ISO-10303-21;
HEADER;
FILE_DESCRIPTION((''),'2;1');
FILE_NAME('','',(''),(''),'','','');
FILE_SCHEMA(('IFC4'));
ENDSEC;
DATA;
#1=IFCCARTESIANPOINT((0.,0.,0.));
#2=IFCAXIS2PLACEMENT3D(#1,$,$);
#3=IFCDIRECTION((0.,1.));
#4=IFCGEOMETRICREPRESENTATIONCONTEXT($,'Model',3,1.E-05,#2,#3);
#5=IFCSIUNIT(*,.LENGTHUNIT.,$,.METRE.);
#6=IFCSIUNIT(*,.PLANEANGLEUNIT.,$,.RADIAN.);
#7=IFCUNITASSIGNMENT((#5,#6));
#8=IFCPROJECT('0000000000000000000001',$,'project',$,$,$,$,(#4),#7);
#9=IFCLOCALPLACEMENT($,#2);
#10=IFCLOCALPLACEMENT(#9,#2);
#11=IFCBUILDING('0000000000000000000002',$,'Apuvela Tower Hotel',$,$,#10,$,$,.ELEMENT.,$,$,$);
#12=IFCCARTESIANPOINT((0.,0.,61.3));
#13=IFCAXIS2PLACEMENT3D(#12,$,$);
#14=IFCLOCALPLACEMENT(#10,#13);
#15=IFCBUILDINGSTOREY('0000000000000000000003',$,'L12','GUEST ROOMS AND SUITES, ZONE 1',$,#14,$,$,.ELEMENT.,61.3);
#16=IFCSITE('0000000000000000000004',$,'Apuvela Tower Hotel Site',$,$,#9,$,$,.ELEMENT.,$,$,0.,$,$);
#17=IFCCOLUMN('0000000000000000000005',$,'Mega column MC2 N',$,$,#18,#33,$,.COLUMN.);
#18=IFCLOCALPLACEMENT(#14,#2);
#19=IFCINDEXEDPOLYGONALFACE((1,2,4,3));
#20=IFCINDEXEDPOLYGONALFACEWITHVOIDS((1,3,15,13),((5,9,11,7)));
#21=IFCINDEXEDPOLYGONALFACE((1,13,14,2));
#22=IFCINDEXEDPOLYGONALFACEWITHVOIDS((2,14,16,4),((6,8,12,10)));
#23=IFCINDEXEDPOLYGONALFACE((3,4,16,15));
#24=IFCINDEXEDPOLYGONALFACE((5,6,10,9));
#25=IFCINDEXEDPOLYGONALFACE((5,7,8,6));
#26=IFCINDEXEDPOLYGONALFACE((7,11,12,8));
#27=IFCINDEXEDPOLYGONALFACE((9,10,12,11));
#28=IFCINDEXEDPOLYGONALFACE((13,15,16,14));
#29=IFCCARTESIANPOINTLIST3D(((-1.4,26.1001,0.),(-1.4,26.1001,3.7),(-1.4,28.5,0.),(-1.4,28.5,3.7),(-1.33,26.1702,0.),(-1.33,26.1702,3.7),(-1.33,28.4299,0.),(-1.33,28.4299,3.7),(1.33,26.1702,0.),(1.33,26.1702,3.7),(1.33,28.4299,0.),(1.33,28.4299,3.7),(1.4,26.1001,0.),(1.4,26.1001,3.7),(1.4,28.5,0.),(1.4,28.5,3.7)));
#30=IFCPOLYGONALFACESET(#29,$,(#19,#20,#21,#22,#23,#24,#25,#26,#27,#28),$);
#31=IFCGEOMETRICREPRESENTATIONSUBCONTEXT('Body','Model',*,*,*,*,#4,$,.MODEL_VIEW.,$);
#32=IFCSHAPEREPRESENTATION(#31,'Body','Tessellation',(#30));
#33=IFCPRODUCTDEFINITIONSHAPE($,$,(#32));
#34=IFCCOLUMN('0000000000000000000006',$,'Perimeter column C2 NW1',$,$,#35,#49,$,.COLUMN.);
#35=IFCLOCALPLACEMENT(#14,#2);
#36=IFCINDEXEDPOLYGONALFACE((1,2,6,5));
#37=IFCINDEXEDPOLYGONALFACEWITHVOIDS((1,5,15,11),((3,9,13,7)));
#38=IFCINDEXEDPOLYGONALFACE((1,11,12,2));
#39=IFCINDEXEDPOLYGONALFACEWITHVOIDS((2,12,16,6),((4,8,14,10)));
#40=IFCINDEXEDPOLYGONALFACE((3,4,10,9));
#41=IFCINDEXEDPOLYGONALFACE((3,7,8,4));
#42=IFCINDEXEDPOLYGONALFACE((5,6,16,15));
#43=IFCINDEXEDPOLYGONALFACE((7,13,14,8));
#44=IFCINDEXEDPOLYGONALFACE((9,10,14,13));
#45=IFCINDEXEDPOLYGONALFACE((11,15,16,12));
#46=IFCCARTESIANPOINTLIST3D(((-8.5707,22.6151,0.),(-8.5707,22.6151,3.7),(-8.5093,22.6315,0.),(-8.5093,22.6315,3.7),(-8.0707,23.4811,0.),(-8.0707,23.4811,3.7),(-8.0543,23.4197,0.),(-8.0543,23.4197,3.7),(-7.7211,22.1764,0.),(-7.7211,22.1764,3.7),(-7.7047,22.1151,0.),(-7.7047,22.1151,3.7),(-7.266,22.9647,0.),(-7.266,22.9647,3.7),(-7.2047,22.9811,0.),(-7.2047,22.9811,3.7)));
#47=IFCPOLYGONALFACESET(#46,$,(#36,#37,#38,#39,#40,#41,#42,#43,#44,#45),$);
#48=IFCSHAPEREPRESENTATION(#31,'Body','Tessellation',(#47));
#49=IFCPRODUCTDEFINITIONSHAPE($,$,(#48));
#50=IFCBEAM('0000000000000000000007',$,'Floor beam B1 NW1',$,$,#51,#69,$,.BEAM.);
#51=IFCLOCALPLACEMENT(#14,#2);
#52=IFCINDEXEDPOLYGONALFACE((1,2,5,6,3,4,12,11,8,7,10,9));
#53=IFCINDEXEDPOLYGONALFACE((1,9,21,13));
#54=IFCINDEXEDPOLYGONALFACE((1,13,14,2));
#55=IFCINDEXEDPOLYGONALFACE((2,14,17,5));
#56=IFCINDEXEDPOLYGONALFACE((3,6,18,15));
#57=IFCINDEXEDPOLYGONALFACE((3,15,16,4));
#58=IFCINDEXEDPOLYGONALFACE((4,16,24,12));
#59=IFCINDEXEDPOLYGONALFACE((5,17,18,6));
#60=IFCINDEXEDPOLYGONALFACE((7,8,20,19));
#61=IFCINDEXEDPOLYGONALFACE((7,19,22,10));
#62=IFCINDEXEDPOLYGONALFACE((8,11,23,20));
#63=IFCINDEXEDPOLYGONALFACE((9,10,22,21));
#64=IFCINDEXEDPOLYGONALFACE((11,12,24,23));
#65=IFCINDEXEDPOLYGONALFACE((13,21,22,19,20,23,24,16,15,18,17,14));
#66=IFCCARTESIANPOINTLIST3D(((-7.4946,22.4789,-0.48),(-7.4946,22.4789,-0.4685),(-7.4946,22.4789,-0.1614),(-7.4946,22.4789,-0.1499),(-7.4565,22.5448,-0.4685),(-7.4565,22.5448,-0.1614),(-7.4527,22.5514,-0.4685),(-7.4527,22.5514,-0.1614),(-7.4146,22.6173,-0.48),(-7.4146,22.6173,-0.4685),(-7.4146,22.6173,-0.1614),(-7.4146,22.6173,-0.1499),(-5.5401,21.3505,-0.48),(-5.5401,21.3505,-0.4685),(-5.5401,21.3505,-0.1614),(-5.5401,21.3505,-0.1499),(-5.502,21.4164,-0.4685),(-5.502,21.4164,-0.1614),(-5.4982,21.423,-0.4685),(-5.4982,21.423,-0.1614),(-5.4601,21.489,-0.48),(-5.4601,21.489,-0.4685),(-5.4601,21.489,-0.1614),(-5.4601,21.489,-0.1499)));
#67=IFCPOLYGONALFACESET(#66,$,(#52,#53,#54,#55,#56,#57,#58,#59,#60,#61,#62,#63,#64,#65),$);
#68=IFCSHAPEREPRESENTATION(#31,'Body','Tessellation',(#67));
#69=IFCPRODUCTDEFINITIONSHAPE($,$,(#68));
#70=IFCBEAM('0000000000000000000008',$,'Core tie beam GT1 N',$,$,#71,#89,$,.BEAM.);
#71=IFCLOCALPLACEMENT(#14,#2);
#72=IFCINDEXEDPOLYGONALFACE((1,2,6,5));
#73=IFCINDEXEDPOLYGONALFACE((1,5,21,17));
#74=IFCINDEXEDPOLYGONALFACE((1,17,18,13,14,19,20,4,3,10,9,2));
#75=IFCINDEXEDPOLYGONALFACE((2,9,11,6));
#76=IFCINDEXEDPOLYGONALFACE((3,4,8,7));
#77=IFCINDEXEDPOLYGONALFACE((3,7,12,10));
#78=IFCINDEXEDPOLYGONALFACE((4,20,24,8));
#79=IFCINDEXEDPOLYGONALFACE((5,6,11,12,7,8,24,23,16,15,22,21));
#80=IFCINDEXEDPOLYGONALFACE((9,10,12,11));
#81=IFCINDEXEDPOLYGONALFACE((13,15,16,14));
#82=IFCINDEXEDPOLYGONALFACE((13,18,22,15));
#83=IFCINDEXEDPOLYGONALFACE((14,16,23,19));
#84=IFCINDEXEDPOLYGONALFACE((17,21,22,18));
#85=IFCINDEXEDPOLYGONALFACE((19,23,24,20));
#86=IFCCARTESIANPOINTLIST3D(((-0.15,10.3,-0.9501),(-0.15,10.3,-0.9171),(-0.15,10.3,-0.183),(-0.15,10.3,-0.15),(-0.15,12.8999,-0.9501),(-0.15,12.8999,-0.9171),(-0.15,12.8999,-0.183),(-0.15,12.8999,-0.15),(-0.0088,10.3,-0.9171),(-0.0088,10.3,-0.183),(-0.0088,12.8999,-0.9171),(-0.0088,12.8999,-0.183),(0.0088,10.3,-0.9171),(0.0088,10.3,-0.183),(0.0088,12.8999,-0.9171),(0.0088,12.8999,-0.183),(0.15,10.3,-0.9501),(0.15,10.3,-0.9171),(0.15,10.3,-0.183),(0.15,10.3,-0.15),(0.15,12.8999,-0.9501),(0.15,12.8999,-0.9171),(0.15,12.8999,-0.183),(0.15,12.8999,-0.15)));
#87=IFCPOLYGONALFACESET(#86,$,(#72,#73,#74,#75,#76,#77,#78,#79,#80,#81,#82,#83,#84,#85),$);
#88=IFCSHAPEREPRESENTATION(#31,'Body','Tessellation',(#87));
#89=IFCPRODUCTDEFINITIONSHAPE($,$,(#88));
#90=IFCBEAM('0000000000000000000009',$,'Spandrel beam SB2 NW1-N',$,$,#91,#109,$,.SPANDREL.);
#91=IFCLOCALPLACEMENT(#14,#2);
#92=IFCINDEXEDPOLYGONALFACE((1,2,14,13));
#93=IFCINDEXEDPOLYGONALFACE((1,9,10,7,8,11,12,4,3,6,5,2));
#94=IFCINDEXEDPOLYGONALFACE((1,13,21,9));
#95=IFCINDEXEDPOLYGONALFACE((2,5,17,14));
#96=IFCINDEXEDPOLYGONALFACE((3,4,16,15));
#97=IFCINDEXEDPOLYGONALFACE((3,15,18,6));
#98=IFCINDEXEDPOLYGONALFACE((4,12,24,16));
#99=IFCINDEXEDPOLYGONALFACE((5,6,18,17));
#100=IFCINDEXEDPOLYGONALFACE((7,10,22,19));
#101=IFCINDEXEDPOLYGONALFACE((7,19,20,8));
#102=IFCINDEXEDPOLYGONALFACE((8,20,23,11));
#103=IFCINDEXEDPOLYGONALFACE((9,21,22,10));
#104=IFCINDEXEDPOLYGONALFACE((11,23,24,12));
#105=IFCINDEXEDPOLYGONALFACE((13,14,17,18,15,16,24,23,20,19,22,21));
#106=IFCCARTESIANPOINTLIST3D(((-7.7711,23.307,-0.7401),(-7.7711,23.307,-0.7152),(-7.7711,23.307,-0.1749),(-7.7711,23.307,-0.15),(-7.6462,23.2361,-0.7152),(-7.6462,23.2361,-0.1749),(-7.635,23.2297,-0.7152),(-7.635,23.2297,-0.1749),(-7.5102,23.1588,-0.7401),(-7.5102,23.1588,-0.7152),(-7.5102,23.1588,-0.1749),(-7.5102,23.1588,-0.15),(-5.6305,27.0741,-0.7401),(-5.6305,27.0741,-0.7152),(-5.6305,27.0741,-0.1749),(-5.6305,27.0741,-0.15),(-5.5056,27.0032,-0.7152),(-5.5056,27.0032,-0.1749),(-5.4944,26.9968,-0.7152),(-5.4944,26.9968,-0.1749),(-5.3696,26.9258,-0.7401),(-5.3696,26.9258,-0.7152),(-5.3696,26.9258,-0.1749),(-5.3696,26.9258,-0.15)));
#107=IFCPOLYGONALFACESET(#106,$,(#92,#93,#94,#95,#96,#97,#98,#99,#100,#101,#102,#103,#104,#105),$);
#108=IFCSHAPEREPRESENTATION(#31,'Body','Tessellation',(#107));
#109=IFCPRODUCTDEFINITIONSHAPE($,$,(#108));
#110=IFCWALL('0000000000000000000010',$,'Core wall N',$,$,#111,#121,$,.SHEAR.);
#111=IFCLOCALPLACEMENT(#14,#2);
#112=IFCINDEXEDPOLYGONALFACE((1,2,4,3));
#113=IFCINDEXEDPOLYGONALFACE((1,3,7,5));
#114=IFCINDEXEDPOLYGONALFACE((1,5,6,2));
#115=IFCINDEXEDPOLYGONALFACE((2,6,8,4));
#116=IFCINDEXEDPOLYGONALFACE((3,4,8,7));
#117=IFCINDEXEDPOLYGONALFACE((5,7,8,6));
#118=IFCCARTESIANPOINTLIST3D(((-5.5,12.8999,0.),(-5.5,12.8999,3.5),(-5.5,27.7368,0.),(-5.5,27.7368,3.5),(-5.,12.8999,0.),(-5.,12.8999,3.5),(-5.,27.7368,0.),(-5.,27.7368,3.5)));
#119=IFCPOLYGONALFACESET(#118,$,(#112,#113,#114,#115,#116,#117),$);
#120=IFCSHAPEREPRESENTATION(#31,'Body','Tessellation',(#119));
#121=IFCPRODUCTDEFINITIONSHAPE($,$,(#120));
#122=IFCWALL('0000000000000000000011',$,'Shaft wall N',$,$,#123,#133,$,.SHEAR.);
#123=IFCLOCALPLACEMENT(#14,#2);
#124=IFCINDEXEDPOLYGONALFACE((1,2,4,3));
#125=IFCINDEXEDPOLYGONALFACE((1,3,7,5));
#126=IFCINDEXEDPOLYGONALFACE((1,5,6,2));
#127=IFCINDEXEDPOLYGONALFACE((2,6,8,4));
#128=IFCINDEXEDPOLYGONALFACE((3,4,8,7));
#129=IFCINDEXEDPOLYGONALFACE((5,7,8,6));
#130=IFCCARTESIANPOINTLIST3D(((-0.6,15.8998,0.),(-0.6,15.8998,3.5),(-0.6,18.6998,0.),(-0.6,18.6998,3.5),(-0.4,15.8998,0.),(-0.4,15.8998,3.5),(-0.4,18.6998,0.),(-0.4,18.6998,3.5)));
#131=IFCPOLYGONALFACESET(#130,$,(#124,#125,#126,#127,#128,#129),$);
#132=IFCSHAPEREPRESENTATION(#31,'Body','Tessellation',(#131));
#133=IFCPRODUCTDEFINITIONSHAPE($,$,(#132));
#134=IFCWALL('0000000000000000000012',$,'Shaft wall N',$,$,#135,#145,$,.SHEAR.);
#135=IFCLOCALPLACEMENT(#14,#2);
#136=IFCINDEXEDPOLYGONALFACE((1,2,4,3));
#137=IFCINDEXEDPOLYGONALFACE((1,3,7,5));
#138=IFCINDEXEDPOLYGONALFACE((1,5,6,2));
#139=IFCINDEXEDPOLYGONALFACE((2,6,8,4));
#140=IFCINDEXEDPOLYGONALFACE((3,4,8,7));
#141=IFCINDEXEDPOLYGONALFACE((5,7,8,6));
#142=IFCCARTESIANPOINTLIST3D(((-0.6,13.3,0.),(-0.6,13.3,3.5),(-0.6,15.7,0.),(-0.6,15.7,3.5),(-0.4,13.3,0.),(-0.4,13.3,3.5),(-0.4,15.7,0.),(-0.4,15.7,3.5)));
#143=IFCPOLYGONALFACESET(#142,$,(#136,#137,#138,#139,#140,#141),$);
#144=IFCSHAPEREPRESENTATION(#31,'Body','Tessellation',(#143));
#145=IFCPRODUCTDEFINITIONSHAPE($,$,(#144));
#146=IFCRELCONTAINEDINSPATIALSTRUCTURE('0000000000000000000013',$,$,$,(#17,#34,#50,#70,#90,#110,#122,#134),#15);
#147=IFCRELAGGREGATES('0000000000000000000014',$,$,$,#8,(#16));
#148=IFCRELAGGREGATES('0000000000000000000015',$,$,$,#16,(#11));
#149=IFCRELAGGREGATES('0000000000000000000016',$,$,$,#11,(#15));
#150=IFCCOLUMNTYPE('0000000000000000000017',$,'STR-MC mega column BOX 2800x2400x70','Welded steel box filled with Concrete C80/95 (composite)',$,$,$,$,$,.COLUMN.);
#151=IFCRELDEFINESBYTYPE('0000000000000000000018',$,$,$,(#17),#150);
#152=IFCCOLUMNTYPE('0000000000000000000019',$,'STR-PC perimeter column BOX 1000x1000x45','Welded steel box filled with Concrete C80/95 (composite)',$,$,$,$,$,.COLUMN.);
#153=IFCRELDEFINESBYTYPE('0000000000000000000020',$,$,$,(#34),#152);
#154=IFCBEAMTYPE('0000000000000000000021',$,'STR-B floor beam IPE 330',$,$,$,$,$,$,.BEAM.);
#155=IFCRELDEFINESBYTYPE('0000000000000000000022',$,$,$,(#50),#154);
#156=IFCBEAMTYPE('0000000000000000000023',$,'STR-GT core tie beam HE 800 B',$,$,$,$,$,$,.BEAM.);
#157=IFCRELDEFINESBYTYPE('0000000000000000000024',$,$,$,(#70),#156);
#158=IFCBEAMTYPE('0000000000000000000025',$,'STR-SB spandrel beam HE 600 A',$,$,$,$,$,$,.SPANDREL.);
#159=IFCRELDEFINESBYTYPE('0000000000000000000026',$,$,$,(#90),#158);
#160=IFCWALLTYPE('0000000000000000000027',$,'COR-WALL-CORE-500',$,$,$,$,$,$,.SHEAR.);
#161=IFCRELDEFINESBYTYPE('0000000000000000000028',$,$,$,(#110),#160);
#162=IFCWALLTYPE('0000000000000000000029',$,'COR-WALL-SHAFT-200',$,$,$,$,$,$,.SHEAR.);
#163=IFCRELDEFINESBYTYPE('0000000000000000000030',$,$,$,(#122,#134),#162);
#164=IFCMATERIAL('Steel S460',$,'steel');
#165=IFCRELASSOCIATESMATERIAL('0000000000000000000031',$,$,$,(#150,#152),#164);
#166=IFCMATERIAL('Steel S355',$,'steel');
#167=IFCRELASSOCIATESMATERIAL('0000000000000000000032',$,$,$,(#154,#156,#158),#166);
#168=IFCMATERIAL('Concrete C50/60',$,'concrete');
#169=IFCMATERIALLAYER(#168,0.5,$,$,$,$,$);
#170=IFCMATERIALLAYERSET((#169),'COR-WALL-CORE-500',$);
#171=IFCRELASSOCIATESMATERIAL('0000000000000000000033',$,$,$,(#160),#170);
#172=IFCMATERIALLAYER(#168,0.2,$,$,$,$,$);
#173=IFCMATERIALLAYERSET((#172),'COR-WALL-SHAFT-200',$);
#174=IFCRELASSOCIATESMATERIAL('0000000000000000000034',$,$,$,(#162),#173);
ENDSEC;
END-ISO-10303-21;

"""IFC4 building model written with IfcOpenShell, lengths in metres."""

from ifc_helpers import new_model, si_unit, direction, frame, frame_2d, origin, origin_2d, place, context, subcontext, project, spatial, rectangle, hollow_rectangle, i_section, extrude, material, layer, layer_set, material_profile, profile_set, type_object, element, save


model = new_model("IFC4")

# Units and contexts
model_context = context("Model", 3, precision=1e-05, world=origin(), true_north=direction((0.0, 1.0)))
body_context = subcontext(model_context, "Body", "Model", "MODEL_VIEW")
ifc_project = project(units=[si_unit("LENGTHUNIT", "METRE"), si_unit("PLANEANGLEUNIT", "RADIAN")], contexts=[model_context])

# Site, building, storey
site_placement = place(None, origin())
site = spatial("IfcSite", under=ifc_project, at=site_placement, Name="Apuvela Tower Hotel Site", CompositionType="ELEMENT", RefElevation=0.0)
building_placement = place(site_placement, origin())
building = spatial("IfcBuilding", under=site, at=building_placement, Name="Apuvela Tower Hotel", CompositionType="ELEMENT")
storey_placement = place(building_placement, frame((0.0, 0.0, 61.3)))
storey = spatial("IfcBuildingStorey", under=building, at=storey_placement, Name="L12", Description="GUEST ROOMS AND SUITES, ZONE 1", CompositionType="ELEMENT", Elevation=61.3)

# Columns
ifc_material_1 = material(Name="Steel S460", Category="steel")
ifc_material_profile_1 = material_profile(ifc_material_1, hollow_rectangle(XDim=2.8, YDim=2.3999, WallThickness=0.0701, at=origin_2d()), Name="BOX 2800x2400x70")
ifc_material_2 = material(Name="Concrete C80/95", Category="concrete")
ifc_material_profile_2 = material_profile(ifc_material_2, rectangle(XDim=2.6599, YDim=2.26, at=origin_2d()), Name="Concrete C80/95 infill")
ifc_profile_set_1 = profile_set([ifc_material_profile_1, ifc_material_profile_2], Name="Steel S460")
column_type_1 = type_object("IfcColumnType", Name="STR-MC mega column BOX 2800x2400x70", Description="Welded steel box filled with Concrete C80/95 (composite)", PredefinedType="COLUMN", material=ifc_profile_set_1)
column_1_placement = place(storey_placement, frame((0.0, 27.3, 0.0), z_axis=(0.0, 0.0, 1.0), x_axis=(1.0, 0.0, 0.0)))
element("IfcColumn", 1, at=column_1_placement, inside=storey, type_object=column_type_1, Name="Mega column MC2 N", PredefinedType="COLUMN", context=body_context, shape_type="SweptSolid", body=[
    extrude(hollow_rectangle(XDim=2.8, YDim=2.3999, WallThickness=0.0701, at=origin_2d()), origin(), (0.0, 0.0, 1.0), 3.7),
])
ifc_material_profile_3 = material_profile(ifc_material_1, hollow_rectangle(XDim=1.0, YDim=1.0, WallThickness=0.0449, at=origin_2d()), Name="BOX 1000x1000x45")
ifc_material_profile_4 = material_profile(ifc_material_2, rectangle(XDim=0.9099, YDim=0.9099, at=origin_2d()), Name="Concrete C80/95 infill")
ifc_profile_set_2 = profile_set([ifc_material_profile_3, ifc_material_profile_4], Name="Steel S460")
column_type_2 = type_object("IfcColumnType", Name="STR-PC perimeter column BOX 1000x1000x45", Description="Welded steel box filled with Concrete C80/95 (composite)", PredefinedType="COLUMN", material=ifc_profile_set_2)
column_2_placement = place(storey_placement, frame((-7.8877, 22.7981, 0.0), z_axis=(0.0, 0.0, 1.0), x_axis=(0.5, 0.866025, 0.0)))
element("IfcColumn", 2, at=column_2_placement, inside=storey, type_object=column_type_2, Name="Perimeter column C2 NW1", PredefinedType="COLUMN", context=body_context, shape_type="SweptSolid", body=[
    extrude(hollow_rectangle(XDim=1.0, YDim=1.0, WallThickness=0.0449, at=origin_2d()), origin(), (0.0, 0.0, 1.0), 3.7),
])

# Beams
ifc_material_3 = material(Name="Steel S355", Category="steel")
ifc_material_profile_5 = material_profile(ifc_material_3, i_section(OverallWidth=0.1599, OverallDepth=0.3301, WebThickness=0.0076, FlangeThickness=0.0115, at=origin_2d()), Name="IPE 330")
ifc_profile_set_3 = profile_set([ifc_material_profile_5], Name="Steel S355")
beam_type_1 = type_object("IfcBeamType", Name="STR-B floor beam IPE 330", PredefinedType="BEAM", material=ifc_profile_set_3)
beam_1_placement = place(storey_placement, frame((-7.4546, 22.5481, -0.3149), z_axis=(0.866038, -0.499978, 0.0), x_axis=(0.499978, 0.866038, 0.0)))
element("IfcBeam", 3, at=beam_1_placement, inside=storey, type_object=beam_type_1, Name="Floor beam B1 NW1", PredefinedType="BEAM", context=body_context, shape_type="SweptSolid", body=[
    extrude(i_section(OverallWidth=0.1599, OverallDepth=0.3301, WebThickness=0.0076, FlangeThickness=0.0115, at=origin_2d()), origin(), (0.0, 0.0, 1.0), 2.2568),
])
ifc_material_profile_6 = material_profile(ifc_material_3, i_section(OverallWidth=0.3, OverallDepth=0.8, WebThickness=0.0176, FlangeThickness=0.033, at=origin_2d()), Name="HE 800 B")
ifc_profile_set_4 = profile_set([ifc_material_profile_6], Name="Steel S355")
beam_type_2 = type_object("IfcBeamType", Name="STR-GT core tie beam HE 800 B", PredefinedType="BEAM", material=ifc_profile_set_4)
beam_2_placement = place(storey_placement, frame((0.0, 12.8999, -0.55), z_axis=(0.0, -1.0, 0.0), x_axis=(1.0, 0.0, 0.0)))
element("IfcBeam", 4, at=beam_2_placement, inside=storey, type_object=beam_type_2, Name="Core tie beam GT1 N", PredefinedType="BEAM", context=body_context, shape_type="SweptSolid", body=[
    extrude(i_section(OverallWidth=0.3, OverallDepth=0.8, WebThickness=0.0176, FlangeThickness=0.033, at=origin_2d()), origin(), (0.0, 0.0, 1.0), 2.5999),
])
ifc_material_profile_7 = material_profile(ifc_material_3, i_section(OverallWidth=0.3, OverallDepth=0.5901, WebThickness=0.0129, FlangeThickness=0.0249, at=origin_2d()), Name="HE 600 A")
ifc_profile_set_5 = profile_set([ifc_material_profile_7], Name="Steel S355")
beam_type_3 = type_object("IfcBeamType", Name="STR-SB spandrel beam HE 600 A", PredefinedType="SPANDREL", material=ifc_profile_set_5)
beam_3_placement = place(storey_placement, frame((-7.6406, 23.2329, -0.4451), z_axis=(0.49405, 0.869433, 0.0), x_axis=(-0.869433, 0.49405, 0.0)))
element("IfcBeam", 5, at=beam_3_placement, inside=storey, type_object=beam_type_3, Name="Spandrel beam SB2 NW1-N", PredefinedType="SPANDREL", context=body_context, shape_type="SweptSolid", body=[
    extrude(i_section(OverallWidth=0.3, OverallDepth=0.5901, WebThickness=0.0129, FlangeThickness=0.0249, at=origin_2d()), origin(), (0.0, 0.0, 1.0), 4.3328),
])

# Walls
ifc_material_4 = material(Name="Concrete C50/60", Category="concrete")
ifc_layer_1 = layer(ifc_material_4, 0.5)
ifc_layer_set_1 = layer_set([ifc_layer_1], Name="COR-WALL-CORE-500")
wall_type_1 = type_object("IfcWallType", Name="COR-WALL-CORE-500", PredefinedType="SHEAR", material=ifc_layer_set_1)
wall_1_placement = place(storey_placement, frame((-5.25, 12.8999, 0.0), z_axis=(0.0, 0.0, 1.0), x_axis=(0.0, 1.0, 0.0)))
element("IfcWall", 6, at=wall_1_placement, inside=storey, type_object=wall_type_1, Name="Core wall N", PredefinedType="SHEAR", context=body_context, shape_type="SweptSolid", body=[
    extrude(rectangle(XDim=14.8369, YDim=0.5, at=frame_2d((7.4185, 0.0))), origin(), (0.0, 0.0, 1.0), 3.5),
])
ifc_layer_2 = layer(ifc_material_4, 0.2)
ifc_layer_set_2 = layer_set([ifc_layer_2], Name="COR-WALL-SHAFT-200")
wall_type_2 = type_object("IfcWallType", Name="COR-WALL-SHAFT-200", PredefinedType="SHEAR", material=ifc_layer_set_2)
wall_2_placement = place(storey_placement, frame((-0.5, 15.8999, 0.0), z_axis=(0.0, 0.0, 1.0), x_axis=(0.0, 1.0, 0.0)))
element("IfcWall", 7, at=wall_2_placement, inside=storey, type_object=wall_type_2, Name="Shaft wall N", PredefinedType="SHEAR", context=body_context, shape_type="SweptSolid", body=[
    extrude(rectangle(XDim=2.8, YDim=0.2, at=frame_2d((1.3999, 0.0))), origin(), (0.0, 0.0, 1.0), 3.5),
])
wall_3_placement = place(storey_placement, frame((-0.5, 13.3, 0.0), z_axis=(0.0, 0.0, 1.0), x_axis=(0.0, 1.0, 0.0)))
element("IfcWall", 8, at=wall_3_placement, inside=storey, type_object=wall_type_2, Name="Shaft wall N", PredefinedType="SHEAR", context=body_context, shape_type="SweptSolid", body=[
    extrude(rectangle(XDim=2.3999, YDim=0.2, at=frame_2d((1.2, 0.0))), origin(), (0.0, 0.0, 1.0), 3.5),
])

save(model, "model.ifc")
